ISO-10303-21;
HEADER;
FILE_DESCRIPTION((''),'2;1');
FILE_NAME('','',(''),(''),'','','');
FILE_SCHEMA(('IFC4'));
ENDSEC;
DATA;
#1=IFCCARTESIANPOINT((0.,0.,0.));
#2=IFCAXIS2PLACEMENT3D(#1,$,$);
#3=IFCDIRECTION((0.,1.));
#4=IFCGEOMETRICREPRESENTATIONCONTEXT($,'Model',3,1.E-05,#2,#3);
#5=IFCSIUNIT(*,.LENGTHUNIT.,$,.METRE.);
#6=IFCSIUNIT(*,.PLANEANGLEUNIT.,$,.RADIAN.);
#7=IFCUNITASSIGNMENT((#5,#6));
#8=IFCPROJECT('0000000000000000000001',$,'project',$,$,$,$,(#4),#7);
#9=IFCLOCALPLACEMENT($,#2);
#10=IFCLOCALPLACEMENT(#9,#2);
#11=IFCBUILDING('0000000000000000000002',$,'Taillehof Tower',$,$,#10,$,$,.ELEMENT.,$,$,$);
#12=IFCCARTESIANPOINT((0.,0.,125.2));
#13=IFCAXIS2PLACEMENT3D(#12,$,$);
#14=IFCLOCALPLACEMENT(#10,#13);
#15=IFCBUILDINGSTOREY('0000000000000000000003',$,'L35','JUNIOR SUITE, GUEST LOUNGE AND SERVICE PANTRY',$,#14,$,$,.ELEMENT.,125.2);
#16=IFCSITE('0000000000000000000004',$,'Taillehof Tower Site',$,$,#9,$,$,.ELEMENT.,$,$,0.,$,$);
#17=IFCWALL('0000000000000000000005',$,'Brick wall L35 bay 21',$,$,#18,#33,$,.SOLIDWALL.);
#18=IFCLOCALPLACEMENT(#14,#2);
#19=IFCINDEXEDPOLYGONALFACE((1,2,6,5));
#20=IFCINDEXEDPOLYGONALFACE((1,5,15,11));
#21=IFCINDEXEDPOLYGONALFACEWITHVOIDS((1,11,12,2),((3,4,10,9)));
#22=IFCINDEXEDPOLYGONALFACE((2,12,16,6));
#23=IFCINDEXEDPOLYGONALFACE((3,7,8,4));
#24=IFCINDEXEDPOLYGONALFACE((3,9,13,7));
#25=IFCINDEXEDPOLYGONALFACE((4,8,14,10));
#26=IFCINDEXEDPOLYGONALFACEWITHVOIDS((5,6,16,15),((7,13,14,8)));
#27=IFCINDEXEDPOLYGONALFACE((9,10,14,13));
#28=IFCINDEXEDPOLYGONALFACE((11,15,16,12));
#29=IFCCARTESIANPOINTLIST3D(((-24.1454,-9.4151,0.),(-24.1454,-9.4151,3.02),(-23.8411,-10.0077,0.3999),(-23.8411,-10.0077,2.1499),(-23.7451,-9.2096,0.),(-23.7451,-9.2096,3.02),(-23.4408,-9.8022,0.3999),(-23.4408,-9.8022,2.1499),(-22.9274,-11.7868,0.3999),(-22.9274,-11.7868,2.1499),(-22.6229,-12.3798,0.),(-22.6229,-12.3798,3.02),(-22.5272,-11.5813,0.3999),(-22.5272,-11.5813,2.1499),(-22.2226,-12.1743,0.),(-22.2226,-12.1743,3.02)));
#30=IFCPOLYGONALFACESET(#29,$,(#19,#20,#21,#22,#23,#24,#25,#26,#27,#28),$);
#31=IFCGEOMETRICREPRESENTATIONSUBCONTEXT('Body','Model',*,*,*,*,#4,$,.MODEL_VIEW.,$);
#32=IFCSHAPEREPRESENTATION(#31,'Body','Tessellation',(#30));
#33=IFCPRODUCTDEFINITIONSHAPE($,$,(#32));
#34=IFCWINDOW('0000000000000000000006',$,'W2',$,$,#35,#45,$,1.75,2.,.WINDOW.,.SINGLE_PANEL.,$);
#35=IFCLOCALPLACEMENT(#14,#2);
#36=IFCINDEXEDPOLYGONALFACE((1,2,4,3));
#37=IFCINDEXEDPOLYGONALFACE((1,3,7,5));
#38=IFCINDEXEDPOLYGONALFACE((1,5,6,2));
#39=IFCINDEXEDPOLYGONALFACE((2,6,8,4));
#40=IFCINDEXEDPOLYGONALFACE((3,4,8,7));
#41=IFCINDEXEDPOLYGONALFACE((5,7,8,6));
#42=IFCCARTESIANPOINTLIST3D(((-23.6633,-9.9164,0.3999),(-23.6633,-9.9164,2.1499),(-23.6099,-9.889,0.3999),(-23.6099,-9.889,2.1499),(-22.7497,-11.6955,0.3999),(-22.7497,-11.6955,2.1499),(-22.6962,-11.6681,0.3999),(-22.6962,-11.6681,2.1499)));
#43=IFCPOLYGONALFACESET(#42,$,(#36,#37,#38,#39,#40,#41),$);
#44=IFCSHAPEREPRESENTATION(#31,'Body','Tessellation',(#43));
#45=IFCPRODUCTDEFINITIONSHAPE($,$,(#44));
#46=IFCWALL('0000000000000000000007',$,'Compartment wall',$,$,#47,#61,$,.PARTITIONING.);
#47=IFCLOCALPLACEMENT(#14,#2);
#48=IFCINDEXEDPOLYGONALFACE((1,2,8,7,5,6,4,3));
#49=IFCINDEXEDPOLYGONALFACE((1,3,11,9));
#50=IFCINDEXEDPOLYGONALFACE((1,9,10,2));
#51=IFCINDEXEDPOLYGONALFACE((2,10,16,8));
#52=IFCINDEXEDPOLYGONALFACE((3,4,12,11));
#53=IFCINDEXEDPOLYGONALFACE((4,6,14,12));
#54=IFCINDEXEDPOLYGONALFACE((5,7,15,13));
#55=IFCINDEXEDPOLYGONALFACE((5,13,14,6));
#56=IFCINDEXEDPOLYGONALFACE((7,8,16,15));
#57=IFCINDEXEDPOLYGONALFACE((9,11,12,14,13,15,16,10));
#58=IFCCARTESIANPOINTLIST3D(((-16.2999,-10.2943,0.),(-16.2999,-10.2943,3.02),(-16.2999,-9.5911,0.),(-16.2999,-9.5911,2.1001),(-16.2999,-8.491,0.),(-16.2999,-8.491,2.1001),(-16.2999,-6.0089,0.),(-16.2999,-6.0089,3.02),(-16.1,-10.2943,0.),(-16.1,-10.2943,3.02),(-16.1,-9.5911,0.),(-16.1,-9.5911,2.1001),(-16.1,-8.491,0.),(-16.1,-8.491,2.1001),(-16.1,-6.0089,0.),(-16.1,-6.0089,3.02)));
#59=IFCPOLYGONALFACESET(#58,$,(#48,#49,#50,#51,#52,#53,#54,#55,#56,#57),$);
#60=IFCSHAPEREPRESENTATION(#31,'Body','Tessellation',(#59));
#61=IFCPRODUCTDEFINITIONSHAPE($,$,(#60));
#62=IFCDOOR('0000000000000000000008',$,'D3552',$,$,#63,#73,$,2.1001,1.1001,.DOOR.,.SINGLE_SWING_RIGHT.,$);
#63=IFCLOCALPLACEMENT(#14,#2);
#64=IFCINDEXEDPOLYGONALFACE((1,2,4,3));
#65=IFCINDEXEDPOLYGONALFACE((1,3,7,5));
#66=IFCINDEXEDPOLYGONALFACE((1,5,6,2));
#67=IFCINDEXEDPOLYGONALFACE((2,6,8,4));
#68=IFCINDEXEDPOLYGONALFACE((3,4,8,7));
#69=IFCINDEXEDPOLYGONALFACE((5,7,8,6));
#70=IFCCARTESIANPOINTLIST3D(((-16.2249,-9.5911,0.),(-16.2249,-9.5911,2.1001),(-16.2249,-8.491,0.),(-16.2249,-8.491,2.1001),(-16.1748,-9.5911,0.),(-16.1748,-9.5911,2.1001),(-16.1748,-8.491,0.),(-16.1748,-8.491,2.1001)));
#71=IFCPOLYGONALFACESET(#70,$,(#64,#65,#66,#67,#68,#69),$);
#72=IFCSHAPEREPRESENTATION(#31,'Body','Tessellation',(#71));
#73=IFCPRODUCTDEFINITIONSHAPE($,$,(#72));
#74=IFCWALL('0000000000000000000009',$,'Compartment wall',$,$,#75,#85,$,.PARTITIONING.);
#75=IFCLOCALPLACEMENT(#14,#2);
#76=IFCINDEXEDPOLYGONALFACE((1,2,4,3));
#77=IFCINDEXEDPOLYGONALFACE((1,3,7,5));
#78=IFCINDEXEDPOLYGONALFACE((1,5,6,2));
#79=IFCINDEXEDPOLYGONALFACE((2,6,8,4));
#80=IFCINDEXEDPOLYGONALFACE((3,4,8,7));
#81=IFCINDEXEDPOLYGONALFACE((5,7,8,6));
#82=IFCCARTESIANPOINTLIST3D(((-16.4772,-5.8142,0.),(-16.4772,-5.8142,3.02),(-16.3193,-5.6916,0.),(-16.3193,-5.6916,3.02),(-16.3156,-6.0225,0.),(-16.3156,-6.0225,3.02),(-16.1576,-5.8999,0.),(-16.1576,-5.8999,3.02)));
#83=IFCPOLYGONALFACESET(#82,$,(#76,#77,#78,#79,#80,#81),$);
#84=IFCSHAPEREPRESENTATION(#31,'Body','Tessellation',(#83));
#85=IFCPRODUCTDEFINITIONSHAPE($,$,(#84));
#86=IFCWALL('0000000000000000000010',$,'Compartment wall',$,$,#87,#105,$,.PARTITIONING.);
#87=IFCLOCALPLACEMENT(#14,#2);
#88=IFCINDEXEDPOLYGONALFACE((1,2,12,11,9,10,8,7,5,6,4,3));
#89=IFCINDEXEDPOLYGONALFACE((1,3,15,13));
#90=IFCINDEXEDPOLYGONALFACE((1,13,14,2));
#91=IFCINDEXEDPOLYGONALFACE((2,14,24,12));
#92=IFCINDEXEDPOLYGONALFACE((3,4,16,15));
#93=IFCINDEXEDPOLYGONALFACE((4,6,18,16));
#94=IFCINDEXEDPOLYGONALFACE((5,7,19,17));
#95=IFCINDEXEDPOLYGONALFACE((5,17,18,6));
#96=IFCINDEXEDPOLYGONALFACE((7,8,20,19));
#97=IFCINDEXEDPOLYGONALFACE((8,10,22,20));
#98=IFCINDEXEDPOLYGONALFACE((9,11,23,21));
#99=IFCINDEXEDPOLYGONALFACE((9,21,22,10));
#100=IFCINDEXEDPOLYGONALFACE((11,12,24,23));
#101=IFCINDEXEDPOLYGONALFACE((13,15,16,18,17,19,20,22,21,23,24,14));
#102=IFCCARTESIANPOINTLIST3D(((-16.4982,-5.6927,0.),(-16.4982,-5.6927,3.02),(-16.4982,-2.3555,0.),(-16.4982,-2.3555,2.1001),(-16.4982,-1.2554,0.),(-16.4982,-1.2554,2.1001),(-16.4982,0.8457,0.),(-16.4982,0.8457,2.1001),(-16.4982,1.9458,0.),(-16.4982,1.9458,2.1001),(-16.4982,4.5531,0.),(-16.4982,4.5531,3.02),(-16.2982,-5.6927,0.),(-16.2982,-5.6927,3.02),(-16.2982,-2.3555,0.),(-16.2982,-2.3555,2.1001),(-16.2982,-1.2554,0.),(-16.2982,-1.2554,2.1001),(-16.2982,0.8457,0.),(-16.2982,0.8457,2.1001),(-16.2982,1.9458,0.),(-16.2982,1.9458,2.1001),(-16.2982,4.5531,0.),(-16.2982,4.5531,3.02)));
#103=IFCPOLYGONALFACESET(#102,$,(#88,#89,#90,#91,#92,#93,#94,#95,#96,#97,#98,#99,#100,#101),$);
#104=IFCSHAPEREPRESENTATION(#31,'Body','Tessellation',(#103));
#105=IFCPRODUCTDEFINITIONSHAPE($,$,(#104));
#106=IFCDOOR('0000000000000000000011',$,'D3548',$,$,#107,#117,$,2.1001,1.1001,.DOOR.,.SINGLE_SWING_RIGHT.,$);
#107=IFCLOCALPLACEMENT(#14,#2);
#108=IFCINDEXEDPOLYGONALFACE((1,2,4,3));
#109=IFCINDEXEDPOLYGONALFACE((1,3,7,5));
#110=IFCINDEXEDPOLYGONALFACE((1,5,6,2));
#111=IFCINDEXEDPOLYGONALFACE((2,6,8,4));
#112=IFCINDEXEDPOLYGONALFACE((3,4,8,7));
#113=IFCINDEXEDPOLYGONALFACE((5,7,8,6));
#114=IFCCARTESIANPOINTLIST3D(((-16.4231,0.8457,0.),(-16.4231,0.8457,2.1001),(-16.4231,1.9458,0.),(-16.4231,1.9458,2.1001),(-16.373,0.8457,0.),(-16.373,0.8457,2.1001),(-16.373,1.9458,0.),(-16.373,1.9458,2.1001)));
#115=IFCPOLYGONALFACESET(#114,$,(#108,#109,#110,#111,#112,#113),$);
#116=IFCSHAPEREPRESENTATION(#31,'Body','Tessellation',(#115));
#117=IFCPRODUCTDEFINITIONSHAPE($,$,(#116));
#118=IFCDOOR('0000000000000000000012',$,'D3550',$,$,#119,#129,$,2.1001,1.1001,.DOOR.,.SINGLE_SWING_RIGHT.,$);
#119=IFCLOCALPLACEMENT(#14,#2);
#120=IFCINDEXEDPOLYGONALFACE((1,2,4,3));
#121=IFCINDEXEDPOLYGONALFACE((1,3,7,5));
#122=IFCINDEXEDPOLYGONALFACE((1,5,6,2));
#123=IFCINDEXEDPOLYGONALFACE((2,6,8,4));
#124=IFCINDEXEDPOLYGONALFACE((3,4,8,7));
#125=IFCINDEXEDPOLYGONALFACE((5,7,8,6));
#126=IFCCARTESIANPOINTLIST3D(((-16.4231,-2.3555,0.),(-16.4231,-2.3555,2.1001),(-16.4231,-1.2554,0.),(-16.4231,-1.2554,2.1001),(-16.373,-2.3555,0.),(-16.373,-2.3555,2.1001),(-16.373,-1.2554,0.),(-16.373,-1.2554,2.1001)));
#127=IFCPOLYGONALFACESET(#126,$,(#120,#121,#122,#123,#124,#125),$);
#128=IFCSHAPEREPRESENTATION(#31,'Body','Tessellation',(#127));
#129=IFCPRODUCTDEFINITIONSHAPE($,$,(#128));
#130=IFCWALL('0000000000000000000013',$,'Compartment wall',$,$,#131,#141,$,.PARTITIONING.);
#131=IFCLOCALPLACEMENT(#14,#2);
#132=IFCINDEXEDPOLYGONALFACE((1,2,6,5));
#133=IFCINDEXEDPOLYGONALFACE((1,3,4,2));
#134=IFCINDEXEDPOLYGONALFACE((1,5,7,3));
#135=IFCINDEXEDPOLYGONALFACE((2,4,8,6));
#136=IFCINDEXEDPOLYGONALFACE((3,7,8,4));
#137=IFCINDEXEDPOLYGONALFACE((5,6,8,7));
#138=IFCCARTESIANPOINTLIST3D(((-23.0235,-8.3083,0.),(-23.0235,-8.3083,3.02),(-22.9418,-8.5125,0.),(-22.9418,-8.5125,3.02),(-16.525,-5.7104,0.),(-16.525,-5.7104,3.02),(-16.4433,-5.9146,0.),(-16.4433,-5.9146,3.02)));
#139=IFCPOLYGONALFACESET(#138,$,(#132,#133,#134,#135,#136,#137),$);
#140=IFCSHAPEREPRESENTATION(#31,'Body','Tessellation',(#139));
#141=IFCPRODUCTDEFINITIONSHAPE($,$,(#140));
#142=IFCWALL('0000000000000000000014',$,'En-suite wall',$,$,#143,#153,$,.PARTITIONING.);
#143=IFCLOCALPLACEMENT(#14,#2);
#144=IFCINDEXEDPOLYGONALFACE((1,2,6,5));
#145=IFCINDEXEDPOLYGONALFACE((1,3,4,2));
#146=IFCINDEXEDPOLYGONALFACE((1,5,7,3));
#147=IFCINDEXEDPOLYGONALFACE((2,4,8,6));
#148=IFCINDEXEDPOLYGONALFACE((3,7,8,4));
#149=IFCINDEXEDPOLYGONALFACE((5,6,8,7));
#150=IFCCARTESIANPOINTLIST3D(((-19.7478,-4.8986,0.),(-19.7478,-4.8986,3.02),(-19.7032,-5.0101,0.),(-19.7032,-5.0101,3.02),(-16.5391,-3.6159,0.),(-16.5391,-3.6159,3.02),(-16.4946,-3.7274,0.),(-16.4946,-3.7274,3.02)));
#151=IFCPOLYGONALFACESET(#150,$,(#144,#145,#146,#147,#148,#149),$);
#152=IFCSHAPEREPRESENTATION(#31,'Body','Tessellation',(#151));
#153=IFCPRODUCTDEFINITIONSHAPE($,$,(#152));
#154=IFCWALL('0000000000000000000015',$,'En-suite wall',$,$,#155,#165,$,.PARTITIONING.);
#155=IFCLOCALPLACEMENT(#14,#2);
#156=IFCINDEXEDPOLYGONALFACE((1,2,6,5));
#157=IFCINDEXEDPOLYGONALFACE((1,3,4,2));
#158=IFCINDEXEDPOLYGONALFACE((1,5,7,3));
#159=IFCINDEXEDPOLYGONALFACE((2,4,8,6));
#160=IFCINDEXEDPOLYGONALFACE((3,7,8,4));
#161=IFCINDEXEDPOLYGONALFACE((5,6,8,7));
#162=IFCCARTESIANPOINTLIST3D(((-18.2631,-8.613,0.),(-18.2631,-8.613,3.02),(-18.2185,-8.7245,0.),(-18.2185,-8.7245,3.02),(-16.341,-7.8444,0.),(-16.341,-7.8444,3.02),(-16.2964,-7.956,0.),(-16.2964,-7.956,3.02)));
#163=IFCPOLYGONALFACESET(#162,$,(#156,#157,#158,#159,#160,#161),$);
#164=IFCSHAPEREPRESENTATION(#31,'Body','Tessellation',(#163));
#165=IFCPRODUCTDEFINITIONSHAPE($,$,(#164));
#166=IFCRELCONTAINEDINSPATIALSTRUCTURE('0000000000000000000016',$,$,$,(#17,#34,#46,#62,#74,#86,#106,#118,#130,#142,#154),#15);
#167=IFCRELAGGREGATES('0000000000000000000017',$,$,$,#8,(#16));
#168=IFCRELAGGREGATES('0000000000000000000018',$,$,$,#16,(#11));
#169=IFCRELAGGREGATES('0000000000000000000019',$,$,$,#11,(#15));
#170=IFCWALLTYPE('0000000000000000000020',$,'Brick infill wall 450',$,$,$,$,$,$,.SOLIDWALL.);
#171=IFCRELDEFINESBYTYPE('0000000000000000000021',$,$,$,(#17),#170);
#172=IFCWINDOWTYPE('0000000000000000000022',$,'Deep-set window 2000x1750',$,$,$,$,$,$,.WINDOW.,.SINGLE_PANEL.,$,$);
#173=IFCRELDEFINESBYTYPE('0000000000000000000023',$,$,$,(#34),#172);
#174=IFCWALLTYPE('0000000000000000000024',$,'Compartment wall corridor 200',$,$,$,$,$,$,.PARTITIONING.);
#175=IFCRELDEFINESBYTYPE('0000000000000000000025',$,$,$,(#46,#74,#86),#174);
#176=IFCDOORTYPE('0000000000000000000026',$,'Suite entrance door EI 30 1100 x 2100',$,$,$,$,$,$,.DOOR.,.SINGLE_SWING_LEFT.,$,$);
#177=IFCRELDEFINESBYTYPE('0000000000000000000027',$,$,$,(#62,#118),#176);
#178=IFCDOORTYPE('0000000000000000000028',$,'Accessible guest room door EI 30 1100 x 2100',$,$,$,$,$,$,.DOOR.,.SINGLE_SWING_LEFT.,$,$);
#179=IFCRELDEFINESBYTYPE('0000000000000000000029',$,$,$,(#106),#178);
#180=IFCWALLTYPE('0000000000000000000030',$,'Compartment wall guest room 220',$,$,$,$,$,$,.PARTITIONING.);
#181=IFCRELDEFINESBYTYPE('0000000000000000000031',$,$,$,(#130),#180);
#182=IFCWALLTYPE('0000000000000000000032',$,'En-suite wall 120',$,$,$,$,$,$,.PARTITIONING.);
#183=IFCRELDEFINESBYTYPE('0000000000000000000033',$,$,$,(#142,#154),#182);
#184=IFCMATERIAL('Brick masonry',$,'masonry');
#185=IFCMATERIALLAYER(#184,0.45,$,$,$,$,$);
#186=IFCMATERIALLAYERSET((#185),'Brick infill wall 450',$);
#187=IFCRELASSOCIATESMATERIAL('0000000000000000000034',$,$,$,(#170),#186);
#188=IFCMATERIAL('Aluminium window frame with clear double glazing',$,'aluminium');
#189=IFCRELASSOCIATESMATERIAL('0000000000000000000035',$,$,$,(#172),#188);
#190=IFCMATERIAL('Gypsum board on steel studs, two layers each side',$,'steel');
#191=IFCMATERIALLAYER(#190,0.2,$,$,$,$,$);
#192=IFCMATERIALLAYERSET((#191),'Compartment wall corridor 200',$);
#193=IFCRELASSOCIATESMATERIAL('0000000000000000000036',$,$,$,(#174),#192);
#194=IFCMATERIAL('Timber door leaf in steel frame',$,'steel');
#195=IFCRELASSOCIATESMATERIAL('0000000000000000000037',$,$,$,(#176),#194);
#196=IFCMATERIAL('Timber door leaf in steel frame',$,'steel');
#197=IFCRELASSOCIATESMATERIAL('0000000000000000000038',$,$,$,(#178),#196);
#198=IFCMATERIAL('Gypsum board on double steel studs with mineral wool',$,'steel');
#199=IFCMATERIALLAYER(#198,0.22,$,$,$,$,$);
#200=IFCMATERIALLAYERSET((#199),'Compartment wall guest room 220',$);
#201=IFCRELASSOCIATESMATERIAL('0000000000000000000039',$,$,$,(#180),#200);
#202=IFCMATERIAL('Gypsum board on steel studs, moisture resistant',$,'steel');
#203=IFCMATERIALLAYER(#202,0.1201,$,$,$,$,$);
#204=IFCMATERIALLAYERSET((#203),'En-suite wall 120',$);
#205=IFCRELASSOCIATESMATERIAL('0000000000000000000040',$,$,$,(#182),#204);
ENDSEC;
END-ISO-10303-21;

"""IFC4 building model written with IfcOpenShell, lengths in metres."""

from ifc_helpers import new_model, si_unit, direction, frame, frame_2d, origin, place, context, subcontext, project, spatial, rectangle, extrude, material, layer, layer_set, type_object, element, fill, save


model = new_model("IFC4")

# Units and contexts
model_context = context("Model", 3, precision=1e-05, world=origin(), true_north=direction((0.0, 1.0)))
body_context = subcontext(model_context, "Body", "Model", "MODEL_VIEW")
ifc_project = project(units=[si_unit("LENGTHUNIT", "METRE"), si_unit("PLANEANGLEUNIT", "RADIAN")], contexts=[model_context])

# Site, building, storey
site_placement = place(None, origin())
site = spatial("IfcSite", under=ifc_project, at=site_placement, Name="Taillehof Tower Site", CompositionType="ELEMENT", RefElevation=0.0)
building_placement = place(site_placement, origin())
building = spatial("IfcBuilding", under=site, at=building_placement, Name="Taillehof Tower", CompositionType="ELEMENT")
storey_placement = place(building_placement, frame((0.0, 0.0, 125.2)))
storey = spatial("IfcBuildingStorey", under=building, at=storey_placement, Name="L35", Description="JUNIOR SUITE, GUEST LOUNGE AND SERVICE PANTRY", CompositionType="ELEMENT", Elevation=125.2)

# Wall, opening, window
ifc_material_1 = material(Name="Brick masonry", Category="masonry")
ifc_layer_1 = layer(ifc_material_1, 0.45)
ifc_layer_set_1 = layer_set([ifc_layer_1], Name="Brick infill wall 450")
wall_type_1 = type_object("IfcWallType", Name="Brick infill wall 450", PredefinedType="SOLIDWALL", material=ifc_layer_set_1)
ifc_material_2 = material(Name="Aluminium window frame with clear double glazing", Category="aluminium")
window_type = type_object("IfcWindowType", Name="Deep-set window 2000x1750", PartitioningType="SINGLE_PANEL", PredefinedType="WINDOW", material=ifc_material_2)
wall_1_placement = place(storey_placement, frame((-23.9453, -9.3123, 0.0), z_axis=(0.0, 0.0, 1.0), x_axis=(0.456828, -0.889555, 0.0)))
wall_1 = element("IfcWall", 1, at=wall_1_placement, inside=storey, type_object=wall_type_1, Name="Brick wall L35 bay 21", PredefinedType="SOLIDWALL", context=body_context, shape_type="SweptSolid", body=[
    extrude(rectangle(XDim=3.3328, YDim=0.45, at=frame_2d((1.6665, 0.0))), origin(), (0.0, 0.0, 1.0), 3.02),
])
opening_1_placement = place(wall_1_placement, frame((0.6663, 0.0, 0.3999)))
opening_1 = element("IfcOpeningElement", 2, at=opening_1_placement, cuts=wall_1, PredefinedType="OPENING", context=body_context, shape_type="SweptSolid", body=[
    extrude(rectangle(XDim=2.0, YDim=1.75, at=frame_2d((1.0, 0.875))), frame((0.0, 0.2349, 0.0), z_axis=(0.0, -1.0, 0.0), x_axis=(1.0, 0.0, 0.0)), (0.0, 0.0, 1.0), 0.47),
])
window_1_placement = place(opening_1_placement, origin())
window_1 = element("IfcWindow", 3, at=window_1_placement, inside=storey, type_object=window_type, Name="W2", OverallHeight=1.75, OverallWidth=2.0, PartitioningType="SINGLE_PANEL", PredefinedType="WINDOW", context=body_context, shape_type="SweptSolid", body=[
    extrude(rectangle(XDim=2.0, YDim=1.75, at=frame_2d((1.0, 0.875))), frame((0.0, 0.0349, 0.0), z_axis=(0.0, -1.0, 0.0), x_axis=(1.0, 0.0, 0.0)), (0.0, 0.0, 1.0), 0.0601),
])
fill(opening_1, window_1)

# Wall, opening, door
ifc_material_3 = material(Name="Gypsum board on steel studs, two layers each side", Category="steel")
ifc_layer_2 = layer(ifc_material_3, 0.2)
ifc_layer_set_2 = layer_set([ifc_layer_2], Name="Compartment wall corridor 200")
wall_type_2 = type_object("IfcWallType", Name="Compartment wall corridor 200", PredefinedType="PARTITIONING", material=ifc_layer_set_2)
wall_2_placement = place(storey_placement, frame((-16.2, -10.2942, 0.0), z_axis=(0.0, 0.0, 1.0), x_axis=(0.0, 1.0, 0.0)))
wall_2 = element("IfcWall", 4, at=wall_2_placement, inside=storey, type_object=wall_type_2, Name="Compartment wall", PredefinedType="PARTITIONING", context=body_context, shape_type="SweptSolid", body=[
    extrude(rectangle(XDim=4.2854, YDim=0.2, at=frame_2d((2.1426, 0.0))), origin(), (0.0, 0.0, 1.0), 3.02),
])
opening_2_placement = place(wall_2_placement, frame((0.7031, 0.0, 0.0)))
opening_2 = element("IfcOpeningElement", 5, at=opening_2_placement, cuts=wall_2, PredefinedType="OPENING", context=body_context, shape_type="SweptSolid", body=[
    extrude(rectangle(XDim=1.1001, YDim=2.1001, at=frame_2d((0.55, 1.05))), frame((0.0, 0.1099, 0.0), z_axis=(0.0, -1.0, 0.0), x_axis=(1.0, 0.0, 0.0)), (0.0, 0.0, 1.0), 0.22),
])
ifc_material_4 = material(Name="Timber door leaf in steel frame", Category="steel")
door_type_1 = type_object("IfcDoorType", Name="Suite entrance door EI 30 1100 x 2100", OperationType="SINGLE_SWING_LEFT", PredefinedType="DOOR", material=ifc_material_4)
door_1_placement = place(opening_2_placement, origin())
door_1 = element("IfcDoor", 6, at=door_1_placement, inside=storey, type_object=door_type_1, Name="D3552", OperationType="SINGLE_SWING_RIGHT", OverallHeight=2.1001, OverallWidth=1.1001, PredefinedType="DOOR", context=body_context, shape_type="SweptSolid", body=[
    extrude(rectangle(XDim=1.1001, YDim=2.1001, at=frame_2d((0.55, 1.05))), frame((0.0, 0.0249, 0.0), z_axis=(0.0, -1.0, 0.0), x_axis=(1.0, 0.0, 0.0)), (0.0, 0.0, 1.0), 0.05),
])
fill(opening_2, door_1)

# Wall
wall_3_placement = place(storey_placement, frame((-16.2366, -5.9612, 0.0), z_axis=(0.0, 0.0, 1.0), x_axis=(-0.613107, 0.79, 0.0)))
element("IfcWall", 7, at=wall_3_placement, inside=storey, type_object=wall_type_2, Name="Compartment wall", PredefinedType="PARTITIONING", context=body_context, shape_type="SweptSolid", body=[
    extrude(rectangle(XDim=0.2637, YDim=0.2, at=frame_2d((0.1318, 0.0))), origin(), (0.0, 0.0, 1.0), 3.02),
])

# Wall, openings, doors
wall_4_placement = place(storey_placement, frame((-16.3982, -5.6929, 0.0), z_axis=(0.0, 0.0, 1.0), x_axis=(0.0, 1.0, 0.0)))
wall_4 = element("IfcWall", 8, at=wall_4_placement, inside=storey, type_object=wall_type_2, Name="Compartment wall", PredefinedType="PARTITIONING", context=body_context, shape_type="SweptSolid", body=[
    extrude(rectangle(XDim=10.2458, YDim=0.2, at=frame_2d((5.123, 0.0))), origin(), (0.0, 0.0, 1.0), 3.02),
])
opening_3_placement = place(wall_4_placement, frame((6.5386, 0.0, 0.0)))
opening_3 = element("IfcOpeningElement", 9, at=opening_3_placement, cuts=wall_4, PredefinedType="OPENING", context=body_context, shape_type="SweptSolid", body=[
    extrude(rectangle(XDim=1.1001, YDim=2.1001, at=frame_2d((0.55, 1.05))), frame((0.0, 0.1099, 0.0), z_axis=(0.0, -1.0, 0.0), x_axis=(1.0, 0.0, 0.0)), (0.0, 0.0, 1.0), 0.22),
])
opening_4_placement = place(wall_4_placement, frame((3.3374, 0.0, 0.0)))
opening_4 = element("IfcOpeningElement", 10, at=opening_4_placement, cuts=wall_4, PredefinedType="OPENING", context=body_context, shape_type="SweptSolid", body=[
    extrude(rectangle(XDim=1.1001, YDim=2.1001, at=frame_2d((0.55, 1.05))), frame((0.0, 0.1099, 0.0), z_axis=(0.0, -1.0, 0.0), x_axis=(1.0, 0.0, 0.0)), (0.0, 0.0, 1.0), 0.22),
])
ifc_material_5 = material(Name="Timber door leaf in steel frame", Category="steel")
door_type_2 = type_object("IfcDoorType", Name="Accessible guest room door EI 30 1100 x 2100", OperationType="SINGLE_SWING_LEFT", PredefinedType="DOOR", material=ifc_material_5)
door_2_placement = place(opening_3_placement, origin())
door_2 = element("IfcDoor", 11, at=door_2_placement, inside=storey, type_object=door_type_2, Name="D3548", OperationType="SINGLE_SWING_RIGHT", OverallHeight=2.1001, OverallWidth=1.1001, PredefinedType="DOOR", context=body_context, shape_type="SweptSolid", body=[
    extrude(rectangle(XDim=1.1001, YDim=2.1001, at=frame_2d((0.55, 1.05))), frame((0.0, 0.0249, 0.0), z_axis=(0.0, -1.0, 0.0), x_axis=(1.0, 0.0, 0.0)), (0.0, 0.0, 1.0), 0.05),
])
fill(opening_3, door_2)
door_3_placement = place(opening_4_placement, origin())
door_3 = element("IfcDoor", 12, at=door_3_placement, inside=storey, type_object=door_type_1, Name="D3550", OperationType="SINGLE_SWING_RIGHT", OverallHeight=2.1001, OverallWidth=1.1001, PredefinedType="DOOR", context=body_context, shape_type="SweptSolid", body=[
    extrude(rectangle(XDim=1.1001, YDim=2.1001, at=frame_2d((0.55, 1.05))), frame((0.0, 0.0249, 0.0), z_axis=(0.0, -1.0, 0.0), x_axis=(1.0, 0.0, 0.0)), (0.0, 0.0, 1.0), 0.05),
])
fill(opening_4, door_3)

# Walls
ifc_material_6 = material(Name="Gypsum board on double steel studs with mineral wool", Category="steel")
ifc_layer_3 = layer(ifc_material_6, 0.22)
ifc_layer_set_3 = layer_set([ifc_layer_3], Name="Compartment wall guest room 220")
wall_type_3 = type_object("IfcWallType", Name="Compartment wall guest room 220", PredefinedType="PARTITIONING", material=ifc_layer_set_3)
wall_5_placement = place(storey_placement, frame((-22.9827, -8.4104, 0.0), z_axis=(0.0, 0.0, 1.0), x_axis=(0.928551, 0.371204, 0.0)))
element("IfcWall", 13, at=wall_5_placement, inside=storey, type_object=wall_type_3, Name="Compartment wall", PredefinedType="PARTITIONING", context=body_context, shape_type="SweptSolid", body=[
    extrude(rectangle(XDim=6.9985, YDim=0.22, at=frame_2d((3.4993, 0.0))), origin(), (0.0, 0.0, 1.0), 3.02),
])
ifc_material_7 = material(Name="Gypsum board on steel studs, moisture resistant", Category="steel")
ifc_layer_4 = layer(ifc_material_7, 0.1201)
ifc_layer_set_4 = layer_set([ifc_layer_4], Name="En-suite wall 120")
wall_type_4 = type_object("IfcWallType", Name="En-suite wall 120", PredefinedType="PARTITIONING", material=ifc_layer_set_4)
wall_6_placement = place(storey_placement, frame((-16.5168, -3.6716, 0.0), z_axis=(0.0, 0.0, 1.0), x_axis=(-0.928555, -0.371196, 0.0)))
element("IfcWall", 14, at=wall_6_placement, inside=storey, type_object=wall_type_4, Name="En-suite wall", PredefinedType="PARTITIONING", context=body_context, shape_type="SweptSolid", body=[
    extrude(rectangle(XDim=3.4556, YDim=0.1201, at=frame_2d((1.7278, 0.0))), origin(), (0.0, 0.0, 1.0), 3.02),
])
wall_7_placement = place(storey_placement, frame((-16.3186, -7.9001, 0.0), z_axis=(0.0, 0.0, 1.0), x_axis=(-0.928525, -0.371269, 0.0)))
element("IfcWall", 15, at=wall_7_placement, inside=storey, type_object=wall_type_4, Name="En-suite wall", PredefinedType="PARTITIONING", context=body_context, shape_type="SweptSolid", body=[
    extrude(rectangle(XDim=2.0701, YDim=0.1201, at=frame_2d((1.0352, 0.0))), origin(), (0.0, 0.0, 1.0), 3.02),
])

save(model, "model.ifc")
